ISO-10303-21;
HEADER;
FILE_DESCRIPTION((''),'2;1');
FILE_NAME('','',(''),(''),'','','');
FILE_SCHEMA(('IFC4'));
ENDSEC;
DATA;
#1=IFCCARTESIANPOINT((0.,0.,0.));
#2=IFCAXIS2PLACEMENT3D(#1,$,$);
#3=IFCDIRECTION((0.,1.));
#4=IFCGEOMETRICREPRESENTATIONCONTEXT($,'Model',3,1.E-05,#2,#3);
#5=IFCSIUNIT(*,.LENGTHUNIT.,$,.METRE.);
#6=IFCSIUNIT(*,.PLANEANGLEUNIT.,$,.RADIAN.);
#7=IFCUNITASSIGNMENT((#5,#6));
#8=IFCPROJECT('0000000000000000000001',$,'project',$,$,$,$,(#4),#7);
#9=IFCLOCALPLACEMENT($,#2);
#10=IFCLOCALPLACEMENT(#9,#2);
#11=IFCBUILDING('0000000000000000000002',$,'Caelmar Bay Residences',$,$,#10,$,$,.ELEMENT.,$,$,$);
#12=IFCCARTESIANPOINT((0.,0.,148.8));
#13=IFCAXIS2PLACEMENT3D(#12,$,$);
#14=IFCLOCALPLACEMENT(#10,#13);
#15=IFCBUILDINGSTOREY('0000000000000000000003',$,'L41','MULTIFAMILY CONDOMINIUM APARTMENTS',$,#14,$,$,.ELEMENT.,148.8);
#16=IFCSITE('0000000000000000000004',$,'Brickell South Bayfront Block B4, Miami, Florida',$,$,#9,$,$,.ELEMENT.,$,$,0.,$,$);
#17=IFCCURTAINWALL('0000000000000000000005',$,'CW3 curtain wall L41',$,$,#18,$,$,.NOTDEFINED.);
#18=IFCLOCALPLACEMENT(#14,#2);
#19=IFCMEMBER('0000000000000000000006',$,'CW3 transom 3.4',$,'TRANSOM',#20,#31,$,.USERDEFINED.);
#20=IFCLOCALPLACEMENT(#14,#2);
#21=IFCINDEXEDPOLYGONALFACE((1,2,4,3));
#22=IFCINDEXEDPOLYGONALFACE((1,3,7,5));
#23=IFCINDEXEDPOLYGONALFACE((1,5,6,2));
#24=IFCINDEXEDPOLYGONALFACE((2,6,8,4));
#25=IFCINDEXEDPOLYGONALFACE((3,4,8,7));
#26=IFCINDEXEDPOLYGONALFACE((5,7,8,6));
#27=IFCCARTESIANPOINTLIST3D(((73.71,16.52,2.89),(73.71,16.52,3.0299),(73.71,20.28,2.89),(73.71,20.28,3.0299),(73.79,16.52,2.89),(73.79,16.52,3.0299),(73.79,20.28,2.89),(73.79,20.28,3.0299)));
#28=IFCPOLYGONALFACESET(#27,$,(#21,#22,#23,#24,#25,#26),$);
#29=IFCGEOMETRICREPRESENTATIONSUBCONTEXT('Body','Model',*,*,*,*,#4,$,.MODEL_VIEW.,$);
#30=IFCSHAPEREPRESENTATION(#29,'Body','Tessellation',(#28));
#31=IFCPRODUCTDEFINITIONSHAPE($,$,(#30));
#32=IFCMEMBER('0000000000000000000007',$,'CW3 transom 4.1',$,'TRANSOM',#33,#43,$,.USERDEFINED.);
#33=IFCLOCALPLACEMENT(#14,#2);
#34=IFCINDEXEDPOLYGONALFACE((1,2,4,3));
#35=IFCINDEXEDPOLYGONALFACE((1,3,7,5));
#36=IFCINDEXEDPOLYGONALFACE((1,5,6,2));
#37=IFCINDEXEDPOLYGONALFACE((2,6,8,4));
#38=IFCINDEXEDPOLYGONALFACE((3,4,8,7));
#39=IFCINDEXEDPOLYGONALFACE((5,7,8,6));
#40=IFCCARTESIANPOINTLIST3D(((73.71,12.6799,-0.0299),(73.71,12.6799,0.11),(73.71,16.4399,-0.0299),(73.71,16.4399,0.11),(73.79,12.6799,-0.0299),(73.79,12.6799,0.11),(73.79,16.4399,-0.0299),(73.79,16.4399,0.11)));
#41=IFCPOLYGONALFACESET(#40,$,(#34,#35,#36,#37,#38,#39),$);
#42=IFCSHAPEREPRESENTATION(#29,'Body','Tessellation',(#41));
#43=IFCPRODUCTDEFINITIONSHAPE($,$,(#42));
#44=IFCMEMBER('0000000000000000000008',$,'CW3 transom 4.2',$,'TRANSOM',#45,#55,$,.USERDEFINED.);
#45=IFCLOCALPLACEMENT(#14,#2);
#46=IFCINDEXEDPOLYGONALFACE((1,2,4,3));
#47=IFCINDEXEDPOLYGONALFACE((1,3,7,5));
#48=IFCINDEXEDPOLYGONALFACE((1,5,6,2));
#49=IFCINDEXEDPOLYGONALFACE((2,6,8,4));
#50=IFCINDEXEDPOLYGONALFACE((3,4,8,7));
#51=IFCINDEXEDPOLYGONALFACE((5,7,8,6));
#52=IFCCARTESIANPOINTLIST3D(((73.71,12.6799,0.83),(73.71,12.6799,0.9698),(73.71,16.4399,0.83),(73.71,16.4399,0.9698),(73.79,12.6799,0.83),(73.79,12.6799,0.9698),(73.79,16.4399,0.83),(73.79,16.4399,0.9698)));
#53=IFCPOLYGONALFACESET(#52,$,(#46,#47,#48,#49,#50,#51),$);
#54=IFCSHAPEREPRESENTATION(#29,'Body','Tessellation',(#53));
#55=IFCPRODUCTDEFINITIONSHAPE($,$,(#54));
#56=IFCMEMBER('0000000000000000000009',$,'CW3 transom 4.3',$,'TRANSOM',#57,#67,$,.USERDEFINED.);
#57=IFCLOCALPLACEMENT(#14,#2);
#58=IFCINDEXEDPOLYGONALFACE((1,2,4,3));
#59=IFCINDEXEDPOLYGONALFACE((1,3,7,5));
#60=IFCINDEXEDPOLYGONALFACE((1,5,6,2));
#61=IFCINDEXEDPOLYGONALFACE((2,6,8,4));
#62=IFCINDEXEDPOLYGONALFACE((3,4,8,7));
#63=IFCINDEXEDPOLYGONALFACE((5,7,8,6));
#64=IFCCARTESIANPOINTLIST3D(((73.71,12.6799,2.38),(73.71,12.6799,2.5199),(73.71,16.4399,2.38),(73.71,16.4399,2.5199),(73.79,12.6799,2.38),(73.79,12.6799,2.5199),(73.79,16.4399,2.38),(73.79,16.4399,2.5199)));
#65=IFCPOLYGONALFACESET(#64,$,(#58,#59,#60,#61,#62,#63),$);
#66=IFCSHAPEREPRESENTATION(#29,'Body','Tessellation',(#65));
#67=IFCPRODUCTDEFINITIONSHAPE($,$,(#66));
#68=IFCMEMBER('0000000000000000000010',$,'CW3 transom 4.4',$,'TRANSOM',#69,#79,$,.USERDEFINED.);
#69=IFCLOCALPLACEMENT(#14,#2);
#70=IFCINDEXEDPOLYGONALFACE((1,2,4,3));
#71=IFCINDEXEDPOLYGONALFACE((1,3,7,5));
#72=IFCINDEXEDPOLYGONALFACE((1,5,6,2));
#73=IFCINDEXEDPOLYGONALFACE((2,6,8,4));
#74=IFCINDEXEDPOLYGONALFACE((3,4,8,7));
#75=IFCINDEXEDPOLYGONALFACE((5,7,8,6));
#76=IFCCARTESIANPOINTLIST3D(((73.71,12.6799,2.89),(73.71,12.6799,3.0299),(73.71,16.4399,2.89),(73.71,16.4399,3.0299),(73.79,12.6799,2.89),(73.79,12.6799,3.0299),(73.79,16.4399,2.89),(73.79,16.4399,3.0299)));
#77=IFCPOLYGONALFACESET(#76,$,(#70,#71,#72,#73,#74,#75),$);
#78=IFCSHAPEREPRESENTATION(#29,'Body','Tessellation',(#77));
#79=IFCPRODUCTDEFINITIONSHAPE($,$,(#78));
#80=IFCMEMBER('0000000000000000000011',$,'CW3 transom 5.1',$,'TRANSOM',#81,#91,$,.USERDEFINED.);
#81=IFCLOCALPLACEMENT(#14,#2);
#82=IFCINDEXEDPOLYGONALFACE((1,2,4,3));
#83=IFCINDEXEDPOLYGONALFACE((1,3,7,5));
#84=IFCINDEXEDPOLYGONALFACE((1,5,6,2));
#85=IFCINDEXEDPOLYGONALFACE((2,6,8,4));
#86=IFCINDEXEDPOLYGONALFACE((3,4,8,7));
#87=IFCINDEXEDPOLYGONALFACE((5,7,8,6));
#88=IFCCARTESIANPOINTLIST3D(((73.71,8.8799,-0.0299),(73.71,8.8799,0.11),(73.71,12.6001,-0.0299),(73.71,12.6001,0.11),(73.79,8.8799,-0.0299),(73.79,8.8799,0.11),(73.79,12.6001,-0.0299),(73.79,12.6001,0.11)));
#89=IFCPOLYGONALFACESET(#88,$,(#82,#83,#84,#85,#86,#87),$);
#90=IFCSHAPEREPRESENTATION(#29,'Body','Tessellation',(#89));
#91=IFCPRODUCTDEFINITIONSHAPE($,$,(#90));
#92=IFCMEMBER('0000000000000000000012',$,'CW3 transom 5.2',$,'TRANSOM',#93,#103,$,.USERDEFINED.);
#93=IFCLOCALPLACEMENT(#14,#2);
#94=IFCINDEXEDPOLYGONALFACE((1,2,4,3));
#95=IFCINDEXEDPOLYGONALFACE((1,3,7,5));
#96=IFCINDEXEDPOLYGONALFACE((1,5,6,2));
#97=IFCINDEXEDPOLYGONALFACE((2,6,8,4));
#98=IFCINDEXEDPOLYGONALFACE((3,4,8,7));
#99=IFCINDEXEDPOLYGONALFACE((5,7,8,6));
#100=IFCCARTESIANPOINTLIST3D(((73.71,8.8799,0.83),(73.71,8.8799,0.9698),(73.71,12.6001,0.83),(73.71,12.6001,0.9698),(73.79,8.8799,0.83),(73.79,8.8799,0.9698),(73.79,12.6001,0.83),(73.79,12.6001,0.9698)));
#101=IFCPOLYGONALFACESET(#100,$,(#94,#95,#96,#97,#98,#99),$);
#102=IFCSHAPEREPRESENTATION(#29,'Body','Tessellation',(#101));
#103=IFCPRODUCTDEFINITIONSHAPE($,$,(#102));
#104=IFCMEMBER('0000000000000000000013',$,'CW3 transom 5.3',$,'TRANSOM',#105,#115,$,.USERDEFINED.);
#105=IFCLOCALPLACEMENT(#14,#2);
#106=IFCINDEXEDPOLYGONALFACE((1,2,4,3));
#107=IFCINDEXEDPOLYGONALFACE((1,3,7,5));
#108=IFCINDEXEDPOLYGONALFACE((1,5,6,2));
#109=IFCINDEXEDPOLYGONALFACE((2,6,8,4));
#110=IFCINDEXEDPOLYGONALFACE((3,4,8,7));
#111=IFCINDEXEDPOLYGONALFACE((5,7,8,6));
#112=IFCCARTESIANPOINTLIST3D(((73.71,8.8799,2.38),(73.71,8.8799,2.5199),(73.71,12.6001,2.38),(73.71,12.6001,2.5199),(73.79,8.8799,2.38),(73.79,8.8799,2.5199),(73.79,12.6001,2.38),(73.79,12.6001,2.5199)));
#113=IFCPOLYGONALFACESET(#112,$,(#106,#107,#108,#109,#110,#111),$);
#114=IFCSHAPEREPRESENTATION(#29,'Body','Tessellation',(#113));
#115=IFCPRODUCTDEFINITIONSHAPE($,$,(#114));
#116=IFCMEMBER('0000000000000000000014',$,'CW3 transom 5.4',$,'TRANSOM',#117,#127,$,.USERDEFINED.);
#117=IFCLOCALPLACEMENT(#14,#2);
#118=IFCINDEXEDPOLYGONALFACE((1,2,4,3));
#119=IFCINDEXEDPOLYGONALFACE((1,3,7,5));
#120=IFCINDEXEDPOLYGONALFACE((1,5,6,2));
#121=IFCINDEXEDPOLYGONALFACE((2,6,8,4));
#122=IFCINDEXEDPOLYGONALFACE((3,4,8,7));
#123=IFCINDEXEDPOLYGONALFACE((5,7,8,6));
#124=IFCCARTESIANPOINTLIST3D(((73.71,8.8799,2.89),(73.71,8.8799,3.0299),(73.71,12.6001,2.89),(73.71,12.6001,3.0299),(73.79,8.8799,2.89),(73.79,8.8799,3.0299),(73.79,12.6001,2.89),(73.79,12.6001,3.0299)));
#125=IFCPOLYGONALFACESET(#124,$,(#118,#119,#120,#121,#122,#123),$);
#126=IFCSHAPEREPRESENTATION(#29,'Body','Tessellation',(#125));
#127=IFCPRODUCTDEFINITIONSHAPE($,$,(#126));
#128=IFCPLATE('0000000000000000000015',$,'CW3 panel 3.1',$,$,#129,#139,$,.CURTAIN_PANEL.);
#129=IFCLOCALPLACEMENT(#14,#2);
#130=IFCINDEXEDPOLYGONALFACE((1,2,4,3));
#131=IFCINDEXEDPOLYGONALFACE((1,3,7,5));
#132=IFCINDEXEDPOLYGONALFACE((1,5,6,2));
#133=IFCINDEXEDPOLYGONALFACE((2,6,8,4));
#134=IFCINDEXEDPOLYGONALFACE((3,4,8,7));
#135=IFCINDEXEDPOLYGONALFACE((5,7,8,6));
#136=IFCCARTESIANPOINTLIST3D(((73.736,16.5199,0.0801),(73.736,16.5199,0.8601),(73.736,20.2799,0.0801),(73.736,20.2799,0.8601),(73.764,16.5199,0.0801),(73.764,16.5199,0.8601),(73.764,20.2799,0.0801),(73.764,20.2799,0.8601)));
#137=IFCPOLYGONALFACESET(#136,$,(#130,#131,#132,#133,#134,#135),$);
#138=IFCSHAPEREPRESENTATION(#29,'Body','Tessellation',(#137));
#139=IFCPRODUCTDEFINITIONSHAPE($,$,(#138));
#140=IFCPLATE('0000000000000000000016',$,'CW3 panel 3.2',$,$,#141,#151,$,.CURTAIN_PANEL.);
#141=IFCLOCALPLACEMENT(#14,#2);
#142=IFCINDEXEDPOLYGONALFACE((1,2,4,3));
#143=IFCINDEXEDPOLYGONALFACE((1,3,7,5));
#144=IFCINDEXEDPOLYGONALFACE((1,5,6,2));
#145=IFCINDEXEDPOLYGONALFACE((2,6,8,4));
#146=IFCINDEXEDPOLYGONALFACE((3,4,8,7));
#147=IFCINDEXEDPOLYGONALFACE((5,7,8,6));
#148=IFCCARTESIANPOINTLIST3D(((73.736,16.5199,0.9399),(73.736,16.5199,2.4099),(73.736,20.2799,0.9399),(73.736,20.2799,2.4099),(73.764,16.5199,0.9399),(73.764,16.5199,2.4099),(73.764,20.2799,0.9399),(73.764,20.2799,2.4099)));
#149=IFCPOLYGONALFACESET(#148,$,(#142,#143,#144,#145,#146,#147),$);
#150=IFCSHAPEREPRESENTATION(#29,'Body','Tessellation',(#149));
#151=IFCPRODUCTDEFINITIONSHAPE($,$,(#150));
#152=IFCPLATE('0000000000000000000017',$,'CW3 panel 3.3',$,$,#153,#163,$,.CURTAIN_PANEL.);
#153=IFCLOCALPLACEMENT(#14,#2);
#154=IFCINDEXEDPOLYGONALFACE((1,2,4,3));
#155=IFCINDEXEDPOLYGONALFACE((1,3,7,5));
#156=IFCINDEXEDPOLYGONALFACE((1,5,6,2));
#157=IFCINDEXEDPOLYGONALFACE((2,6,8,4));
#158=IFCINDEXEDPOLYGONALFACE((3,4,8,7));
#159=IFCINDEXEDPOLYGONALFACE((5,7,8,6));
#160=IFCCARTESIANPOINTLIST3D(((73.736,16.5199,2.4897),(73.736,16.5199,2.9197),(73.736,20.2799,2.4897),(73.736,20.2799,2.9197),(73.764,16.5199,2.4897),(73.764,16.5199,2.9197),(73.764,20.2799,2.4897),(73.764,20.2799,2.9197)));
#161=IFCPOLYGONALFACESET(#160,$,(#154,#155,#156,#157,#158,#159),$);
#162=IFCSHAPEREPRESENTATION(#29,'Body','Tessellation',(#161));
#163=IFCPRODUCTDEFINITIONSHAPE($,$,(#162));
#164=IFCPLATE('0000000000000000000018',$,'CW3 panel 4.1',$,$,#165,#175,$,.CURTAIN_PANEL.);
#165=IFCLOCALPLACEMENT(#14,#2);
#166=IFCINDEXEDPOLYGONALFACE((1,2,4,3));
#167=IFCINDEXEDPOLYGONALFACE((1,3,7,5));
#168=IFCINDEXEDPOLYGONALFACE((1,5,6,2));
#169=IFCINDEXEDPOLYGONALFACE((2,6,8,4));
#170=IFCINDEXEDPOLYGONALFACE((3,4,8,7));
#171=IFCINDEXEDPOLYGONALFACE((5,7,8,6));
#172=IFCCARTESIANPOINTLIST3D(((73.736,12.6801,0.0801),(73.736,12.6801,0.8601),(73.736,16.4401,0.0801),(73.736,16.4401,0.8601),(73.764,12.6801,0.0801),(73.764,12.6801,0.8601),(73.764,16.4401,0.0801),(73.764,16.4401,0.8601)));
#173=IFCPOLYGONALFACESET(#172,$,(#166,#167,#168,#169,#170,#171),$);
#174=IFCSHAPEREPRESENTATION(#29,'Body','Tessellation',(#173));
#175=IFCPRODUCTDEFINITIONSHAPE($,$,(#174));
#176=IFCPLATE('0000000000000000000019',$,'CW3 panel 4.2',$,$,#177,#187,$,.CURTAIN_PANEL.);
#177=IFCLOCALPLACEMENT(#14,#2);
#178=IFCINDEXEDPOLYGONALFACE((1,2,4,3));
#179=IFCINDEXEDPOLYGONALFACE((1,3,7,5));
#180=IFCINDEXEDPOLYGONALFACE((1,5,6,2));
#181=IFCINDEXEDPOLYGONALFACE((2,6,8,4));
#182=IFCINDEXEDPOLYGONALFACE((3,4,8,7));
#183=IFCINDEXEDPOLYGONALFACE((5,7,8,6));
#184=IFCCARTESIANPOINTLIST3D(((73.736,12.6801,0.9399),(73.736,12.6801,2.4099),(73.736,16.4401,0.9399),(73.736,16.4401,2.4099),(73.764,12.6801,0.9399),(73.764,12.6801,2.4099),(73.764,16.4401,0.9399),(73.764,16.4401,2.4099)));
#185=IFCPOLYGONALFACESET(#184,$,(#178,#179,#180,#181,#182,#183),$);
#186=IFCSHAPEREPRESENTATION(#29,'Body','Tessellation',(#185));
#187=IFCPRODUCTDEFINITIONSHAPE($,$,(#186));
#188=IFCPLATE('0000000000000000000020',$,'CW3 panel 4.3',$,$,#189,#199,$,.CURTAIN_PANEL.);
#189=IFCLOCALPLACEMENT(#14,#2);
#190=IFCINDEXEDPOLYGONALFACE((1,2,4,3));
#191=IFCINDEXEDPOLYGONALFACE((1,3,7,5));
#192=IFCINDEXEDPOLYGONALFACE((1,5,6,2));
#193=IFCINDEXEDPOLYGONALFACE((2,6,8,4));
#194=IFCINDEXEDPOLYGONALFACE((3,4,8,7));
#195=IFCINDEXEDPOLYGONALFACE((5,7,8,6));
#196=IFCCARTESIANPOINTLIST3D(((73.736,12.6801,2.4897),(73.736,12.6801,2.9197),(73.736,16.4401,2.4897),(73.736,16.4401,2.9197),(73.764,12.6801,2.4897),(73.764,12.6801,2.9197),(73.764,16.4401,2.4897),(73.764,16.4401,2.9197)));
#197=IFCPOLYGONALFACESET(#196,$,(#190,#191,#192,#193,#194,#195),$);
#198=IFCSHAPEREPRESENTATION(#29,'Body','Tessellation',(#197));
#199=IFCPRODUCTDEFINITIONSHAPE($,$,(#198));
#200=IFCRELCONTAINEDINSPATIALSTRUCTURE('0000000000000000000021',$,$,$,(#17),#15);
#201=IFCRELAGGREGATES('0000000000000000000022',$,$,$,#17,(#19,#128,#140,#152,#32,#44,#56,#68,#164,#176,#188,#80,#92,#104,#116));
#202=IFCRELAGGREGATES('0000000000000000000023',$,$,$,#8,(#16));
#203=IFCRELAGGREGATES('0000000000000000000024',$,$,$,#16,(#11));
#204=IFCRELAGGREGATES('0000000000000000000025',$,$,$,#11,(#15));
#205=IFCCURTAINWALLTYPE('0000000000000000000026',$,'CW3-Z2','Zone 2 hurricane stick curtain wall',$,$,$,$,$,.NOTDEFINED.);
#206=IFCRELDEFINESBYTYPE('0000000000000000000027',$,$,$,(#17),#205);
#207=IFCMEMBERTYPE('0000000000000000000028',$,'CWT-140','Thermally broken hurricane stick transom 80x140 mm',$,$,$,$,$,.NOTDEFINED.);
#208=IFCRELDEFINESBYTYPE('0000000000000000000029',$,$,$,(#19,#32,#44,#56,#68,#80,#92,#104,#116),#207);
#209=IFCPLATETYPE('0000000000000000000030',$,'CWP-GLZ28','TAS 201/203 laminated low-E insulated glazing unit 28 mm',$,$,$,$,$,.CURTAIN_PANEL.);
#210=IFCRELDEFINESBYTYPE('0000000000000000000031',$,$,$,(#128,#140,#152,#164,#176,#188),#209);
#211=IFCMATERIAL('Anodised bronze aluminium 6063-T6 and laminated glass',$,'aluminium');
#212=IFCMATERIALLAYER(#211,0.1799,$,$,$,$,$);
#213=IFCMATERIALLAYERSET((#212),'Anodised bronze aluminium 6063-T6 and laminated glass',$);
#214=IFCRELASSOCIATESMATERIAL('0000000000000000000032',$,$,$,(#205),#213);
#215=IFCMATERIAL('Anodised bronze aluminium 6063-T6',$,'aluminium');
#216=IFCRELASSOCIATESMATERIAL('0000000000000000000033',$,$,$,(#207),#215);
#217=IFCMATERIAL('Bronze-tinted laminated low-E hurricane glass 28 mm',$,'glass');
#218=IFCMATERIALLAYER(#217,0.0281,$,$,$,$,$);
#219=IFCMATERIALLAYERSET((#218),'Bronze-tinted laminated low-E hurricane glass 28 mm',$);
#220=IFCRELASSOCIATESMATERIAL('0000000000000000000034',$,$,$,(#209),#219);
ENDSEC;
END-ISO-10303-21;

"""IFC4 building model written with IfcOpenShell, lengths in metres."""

from ifc_helpers import new_model, si_unit, direction, frame, origin, origin_2d, place, context, subcontext, project, spatial, rectangle, extrude, material, layer, layer_set, material_profile, profile_set, type_object, element, aggregate, save


model = new_model("IFC4")

# Units and contexts
model_context = context("Model", 3, precision=1e-05, world=origin(), true_north=direction((0.0, 1.0)))
body_context = subcontext(model_context, "Body", "Model", "MODEL_VIEW")
ifc_project = project(units=[si_unit("LENGTHUNIT", "METRE"), si_unit("PLANEANGLEUNIT", "RADIAN")], contexts=[model_context])

# Site, building, storey
site_placement = place(None, origin())
site = spatial("IfcSite", under=ifc_project, at=site_placement, Name="Brickell South Bayfront Block B4, Miami, Florida", CompositionType="ELEMENT", RefElevation=0.0)
building_placement = place(site_placement, origin())
building = spatial("IfcBuilding", under=site, at=building_placement, Name="Caelmar Bay Residences", CompositionType="ELEMENT")
storey_placement = place(building_placement, frame((0.0, 0.0, 148.8)))
storey = spatial("IfcBuildingStorey", under=building, at=storey_placement, Name="L41", Description="MULTIFAMILY CONDOMINIUM APARTMENTS", CompositionType="ELEMENT", Elevation=148.8)

# Curtain wall, members, plates
ifc_material_1 = material(Name="Anodised bronze aluminium 6063-T6 and laminated glass", Category="aluminium")
ifc_layer_1 = layer(ifc_material_1, 0.1799)
ifc_layer_set_1 = layer_set([ifc_layer_1], Name="Anodised bronze aluminium 6063-T6 and laminated glass")
curtain_wall_type = type_object("IfcCurtainWallType", Name="CW3-Z2", Description="Zone 2 hurricane stick curtain wall", PredefinedType="NOTDEFINED", material=ifc_layer_set_1)
curtain_wall_placement = place(storey_placement, origin())
curtain_wall = element("IfcCurtainWall", 1, at=curtain_wall_placement, inside=storey, type_object=curtain_wall_type, Name="CW3 curtain wall L41", PredefinedType="NOTDEFINED")
ifc_material_2 = material(Name="Anodised bronze aluminium 6063-T6", Category="aluminium")
ifc_material_profile_1 = material_profile(ifc_material_2, rectangle(XDim=0.0801, YDim=0.1399, at=origin_2d()), Name="CWT-80X140")
ifc_profile_set_1 = profile_set([ifc_material_profile_1], Name="Anodised bronze aluminium 6063-T6")
member_type_1 = type_object("IfcMemberType", Name="CWT-140", Description="Thermally broken hurricane stick transom 80x140 mm", PredefinedType="NOTDEFINED", material=ifc_profile_set_1)
member_1_placement = place(storey_placement, frame((73.75, 20.28, 2.96), z_axis=(0.0, -1.0, 0.0), x_axis=(1.0, 0.0, 0.0)))
member_1 = element("IfcMember", 2, at=member_1_placement, type_object=member_type_1, Name="CW3 transom 3.4", ObjectType="TRANSOM", PredefinedType="USERDEFINED", context=body_context, shape_type="SweptSolid", body=[
    extrude(rectangle(XDim=0.0801, YDim=0.1399, at=origin_2d()), origin(), (0.0, 0.0, 1.0), 3.76),
])
member_2_placement = place(storey_placement, frame((73.75, 16.4399, 0.04), z_axis=(0.0, -1.0, 0.0), x_axis=(1.0, 0.0, 0.0)))
member_2 = element("IfcMember", 3, at=member_2_placement, type_object=member_type_1, Name="CW3 transom 4.1", ObjectType="TRANSOM", PredefinedType="USERDEFINED", context=body_context, shape_type="SweptSolid", body=[
    extrude(rectangle(XDim=0.0801, YDim=0.1399, at=origin_2d()), origin(), (0.0, 0.0, 1.0), 3.76),
])
member_3_placement = place(storey_placement, frame((73.75, 16.4399, 0.8999), z_axis=(0.0, -1.0, 0.0), x_axis=(1.0, 0.0, 0.0)))
member_3 = element("IfcMember", 4, at=member_3_placement, type_object=member_type_1, Name="CW3 transom 4.2", ObjectType="TRANSOM", PredefinedType="USERDEFINED", context=body_context, shape_type="SweptSolid", body=[
    extrude(rectangle(XDim=0.0801, YDim=0.1399, at=origin_2d()), origin(), (0.0, 0.0, 1.0), 3.76),
])
member_4_placement = place(storey_placement, frame((73.75, 16.4399, 2.45), z_axis=(0.0, -1.0, 0.0), x_axis=(1.0, 0.0, 0.0)))
member_4 = element("IfcMember", 5, at=member_4_placement, type_object=member_type_1, Name="CW3 transom 4.3", ObjectType="TRANSOM", PredefinedType="USERDEFINED", context=body_context, shape_type="SweptSolid", body=[
    extrude(rectangle(XDim=0.0801, YDim=0.1399, at=origin_2d()), origin(), (0.0, 0.0, 1.0), 3.76),
])
member_5_placement = place(storey_placement, frame((73.75, 16.4399, 2.96), z_axis=(0.0, -1.0, 0.0), x_axis=(1.0, 0.0, 0.0)))
member_5 = element("IfcMember", 6, at=member_5_placement, type_object=member_type_1, Name="CW3 transom 4.4", ObjectType="TRANSOM", PredefinedType="USERDEFINED", context=body_context, shape_type="SweptSolid", body=[
    extrude(rectangle(XDim=0.0801, YDim=0.1399, at=origin_2d()), origin(), (0.0, 0.0, 1.0), 3.76),
])
member_6_placement = place(storey_placement, frame((73.75, 12.6001, 0.04), z_axis=(0.0, -1.0, 0.0), x_axis=(1.0, 0.0, 0.0)))
member_6 = element("IfcMember", 7, at=member_6_placement, type_object=member_type_1, Name="CW3 transom 5.1", ObjectType="TRANSOM", PredefinedType="USERDEFINED", context=body_context, shape_type="SweptSolid", body=[
    extrude(rectangle(XDim=0.0801, YDim=0.1399, at=origin_2d()), origin(), (0.0, 0.0, 1.0), 3.7202),
])
member_7_placement = place(storey_placement, frame((73.75, 12.6001, 0.8999), z_axis=(0.0, -1.0, 0.0), x_axis=(1.0, 0.0, 0.0)))
member_7 = element("IfcMember", 8, at=member_7_placement, type_object=member_type_1, Name="CW3 transom 5.2", ObjectType="TRANSOM", PredefinedType="USERDEFINED", context=body_context, shape_type="SweptSolid", body=[
    extrude(rectangle(XDim=0.0801, YDim=0.1399, at=origin_2d()), origin(), (0.0, 0.0, 1.0), 3.7202),
])
member_8_placement = place(storey_placement, frame((73.75, 12.6001, 2.45), z_axis=(0.0, -1.0, 0.0), x_axis=(1.0, 0.0, 0.0)))
member_8 = element("IfcMember", 9, at=member_8_placement, type_object=member_type_1, Name="CW3 transom 5.3", ObjectType="TRANSOM", PredefinedType="USERDEFINED", context=body_context, shape_type="SweptSolid", body=[
    extrude(rectangle(XDim=0.0801, YDim=0.1399, at=origin_2d()), origin(), (0.0, 0.0, 1.0), 3.7202),
])
member_9_placement = place(storey_placement, frame((73.75, 12.6001, 2.96), z_axis=(0.0, -1.0, 0.0), x_axis=(1.0, 0.0, 0.0)))
member_9 = element("IfcMember", 10, at=member_9_placement, type_object=member_type_1, Name="CW3 transom 5.4", ObjectType="TRANSOM", PredefinedType="USERDEFINED", context=body_context, shape_type="SweptSolid", body=[
    extrude(rectangle(XDim=0.0801, YDim=0.1399, at=origin_2d()), origin(), (0.0, 0.0, 1.0), 3.7202),
])
ifc_material_3 = material(Name="Bronze-tinted laminated low-E hurricane glass 28 mm", Category="glass")
ifc_layer_2 = layer(ifc_material_3, 0.0281)
ifc_layer_set_2 = layer_set([ifc_layer_2], Name="Bronze-tinted laminated low-E hurricane glass 28 mm")
plate_type = type_object("IfcPlateType", Name="CWP-GLZ28", Description="TAS 201/203 laminated low-E insulated glazing unit 28 mm", PredefinedType="CURTAIN_PANEL", material=ifc_layer_set_2)
plate_1_placement = place(storey_placement, frame((73.75, 18.3999, 0.0801), z_axis=(0.0, 0.0, 1.0), x_axis=(0.0, -1.0, 0.0)))
plate_1 = element("IfcPlate", 11, at=plate_1_placement, type_object=plate_type, Name="CW3 panel 3.1", PredefinedType="CURTAIN_PANEL", context=body_context, shape_type="SweptSolid", body=[
    extrude(rectangle(XDim=3.76, YDim=0.0281, at=origin_2d()), origin(), (0.0, 0.0, 1.0), 0.78),
])
plate_2_placement = place(storey_placement, frame((73.75, 18.3999, 0.9399), z_axis=(0.0, 0.0, 1.0), x_axis=(0.0, -1.0, 0.0)))
plate_2 = element("IfcPlate", 12, at=plate_2_placement, type_object=plate_type, Name="CW3 panel 3.2", PredefinedType="CURTAIN_PANEL", context=body_context, shape_type="SweptSolid", body=[
    extrude(rectangle(XDim=3.76, YDim=0.0281, at=origin_2d()), origin(), (0.0, 0.0, 1.0), 1.47),
])
plate_3_placement = place(storey_placement, frame((73.75, 18.3999, 2.4897), z_axis=(0.0, 0.0, 1.0), x_axis=(0.0, -1.0, 0.0)))
plate_3 = element("IfcPlate", 13, at=plate_3_placement, type_object=plate_type, Name="CW3 panel 3.3", PredefinedType="CURTAIN_PANEL", context=body_context, shape_type="SweptSolid", body=[
    extrude(rectangle(XDim=3.76, YDim=0.0281, at=origin_2d()), origin(), (0.0, 0.0, 1.0), 0.4299),
])
plate_4_placement = place(storey_placement, frame((73.75, 14.5601, 0.0801), z_axis=(0.0, 0.0, 1.0), x_axis=(0.0, -1.0, 0.0)))
plate_4 = element("IfcPlate", 14, at=plate_4_placement, type_object=plate_type, Name="CW3 panel 4.1", PredefinedType="CURTAIN_PANEL", context=body_context, shape_type="SweptSolid", body=[
    extrude(rectangle(XDim=3.76, YDim=0.0281, at=origin_2d()), origin(), (0.0, 0.0, 1.0), 0.78),
])
plate_5_placement = place(storey_placement, frame((73.75, 14.5601, 0.9399), z_axis=(0.0, 0.0, 1.0), x_axis=(0.0, -1.0, 0.0)))
plate_5 = element("IfcPlate", 15, at=plate_5_placement, type_object=plate_type, Name="CW3 panel 4.2", PredefinedType="CURTAIN_PANEL", context=body_context, shape_type="SweptSolid", body=[
    extrude(rectangle(XDim=3.76, YDim=0.0281, at=origin_2d()), origin(), (0.0, 0.0, 1.0), 1.47),
])
plate_6_placement = place(storey_placement, frame((73.75, 14.5601, 2.4897), z_axis=(0.0, 0.0, 1.0), x_axis=(0.0, -1.0, 0.0)))
plate_6 = element("IfcPlate", 16, at=plate_6_placement, type_object=plate_type, Name="CW3 panel 4.3", PredefinedType="CURTAIN_PANEL", context=body_context, shape_type="SweptSolid", body=[
    extrude(rectangle(XDim=3.76, YDim=0.0281, at=origin_2d()), origin(), (0.0, 0.0, 1.0), 0.4299),
])
aggregate(curtain_wall, [member_1, plate_1, plate_2, plate_3, member_2, member_3, member_4, member_5, plate_4, plate_5, plate_6, member_6, member_7, member_8, member_9])

save(model, "model.ifc")
